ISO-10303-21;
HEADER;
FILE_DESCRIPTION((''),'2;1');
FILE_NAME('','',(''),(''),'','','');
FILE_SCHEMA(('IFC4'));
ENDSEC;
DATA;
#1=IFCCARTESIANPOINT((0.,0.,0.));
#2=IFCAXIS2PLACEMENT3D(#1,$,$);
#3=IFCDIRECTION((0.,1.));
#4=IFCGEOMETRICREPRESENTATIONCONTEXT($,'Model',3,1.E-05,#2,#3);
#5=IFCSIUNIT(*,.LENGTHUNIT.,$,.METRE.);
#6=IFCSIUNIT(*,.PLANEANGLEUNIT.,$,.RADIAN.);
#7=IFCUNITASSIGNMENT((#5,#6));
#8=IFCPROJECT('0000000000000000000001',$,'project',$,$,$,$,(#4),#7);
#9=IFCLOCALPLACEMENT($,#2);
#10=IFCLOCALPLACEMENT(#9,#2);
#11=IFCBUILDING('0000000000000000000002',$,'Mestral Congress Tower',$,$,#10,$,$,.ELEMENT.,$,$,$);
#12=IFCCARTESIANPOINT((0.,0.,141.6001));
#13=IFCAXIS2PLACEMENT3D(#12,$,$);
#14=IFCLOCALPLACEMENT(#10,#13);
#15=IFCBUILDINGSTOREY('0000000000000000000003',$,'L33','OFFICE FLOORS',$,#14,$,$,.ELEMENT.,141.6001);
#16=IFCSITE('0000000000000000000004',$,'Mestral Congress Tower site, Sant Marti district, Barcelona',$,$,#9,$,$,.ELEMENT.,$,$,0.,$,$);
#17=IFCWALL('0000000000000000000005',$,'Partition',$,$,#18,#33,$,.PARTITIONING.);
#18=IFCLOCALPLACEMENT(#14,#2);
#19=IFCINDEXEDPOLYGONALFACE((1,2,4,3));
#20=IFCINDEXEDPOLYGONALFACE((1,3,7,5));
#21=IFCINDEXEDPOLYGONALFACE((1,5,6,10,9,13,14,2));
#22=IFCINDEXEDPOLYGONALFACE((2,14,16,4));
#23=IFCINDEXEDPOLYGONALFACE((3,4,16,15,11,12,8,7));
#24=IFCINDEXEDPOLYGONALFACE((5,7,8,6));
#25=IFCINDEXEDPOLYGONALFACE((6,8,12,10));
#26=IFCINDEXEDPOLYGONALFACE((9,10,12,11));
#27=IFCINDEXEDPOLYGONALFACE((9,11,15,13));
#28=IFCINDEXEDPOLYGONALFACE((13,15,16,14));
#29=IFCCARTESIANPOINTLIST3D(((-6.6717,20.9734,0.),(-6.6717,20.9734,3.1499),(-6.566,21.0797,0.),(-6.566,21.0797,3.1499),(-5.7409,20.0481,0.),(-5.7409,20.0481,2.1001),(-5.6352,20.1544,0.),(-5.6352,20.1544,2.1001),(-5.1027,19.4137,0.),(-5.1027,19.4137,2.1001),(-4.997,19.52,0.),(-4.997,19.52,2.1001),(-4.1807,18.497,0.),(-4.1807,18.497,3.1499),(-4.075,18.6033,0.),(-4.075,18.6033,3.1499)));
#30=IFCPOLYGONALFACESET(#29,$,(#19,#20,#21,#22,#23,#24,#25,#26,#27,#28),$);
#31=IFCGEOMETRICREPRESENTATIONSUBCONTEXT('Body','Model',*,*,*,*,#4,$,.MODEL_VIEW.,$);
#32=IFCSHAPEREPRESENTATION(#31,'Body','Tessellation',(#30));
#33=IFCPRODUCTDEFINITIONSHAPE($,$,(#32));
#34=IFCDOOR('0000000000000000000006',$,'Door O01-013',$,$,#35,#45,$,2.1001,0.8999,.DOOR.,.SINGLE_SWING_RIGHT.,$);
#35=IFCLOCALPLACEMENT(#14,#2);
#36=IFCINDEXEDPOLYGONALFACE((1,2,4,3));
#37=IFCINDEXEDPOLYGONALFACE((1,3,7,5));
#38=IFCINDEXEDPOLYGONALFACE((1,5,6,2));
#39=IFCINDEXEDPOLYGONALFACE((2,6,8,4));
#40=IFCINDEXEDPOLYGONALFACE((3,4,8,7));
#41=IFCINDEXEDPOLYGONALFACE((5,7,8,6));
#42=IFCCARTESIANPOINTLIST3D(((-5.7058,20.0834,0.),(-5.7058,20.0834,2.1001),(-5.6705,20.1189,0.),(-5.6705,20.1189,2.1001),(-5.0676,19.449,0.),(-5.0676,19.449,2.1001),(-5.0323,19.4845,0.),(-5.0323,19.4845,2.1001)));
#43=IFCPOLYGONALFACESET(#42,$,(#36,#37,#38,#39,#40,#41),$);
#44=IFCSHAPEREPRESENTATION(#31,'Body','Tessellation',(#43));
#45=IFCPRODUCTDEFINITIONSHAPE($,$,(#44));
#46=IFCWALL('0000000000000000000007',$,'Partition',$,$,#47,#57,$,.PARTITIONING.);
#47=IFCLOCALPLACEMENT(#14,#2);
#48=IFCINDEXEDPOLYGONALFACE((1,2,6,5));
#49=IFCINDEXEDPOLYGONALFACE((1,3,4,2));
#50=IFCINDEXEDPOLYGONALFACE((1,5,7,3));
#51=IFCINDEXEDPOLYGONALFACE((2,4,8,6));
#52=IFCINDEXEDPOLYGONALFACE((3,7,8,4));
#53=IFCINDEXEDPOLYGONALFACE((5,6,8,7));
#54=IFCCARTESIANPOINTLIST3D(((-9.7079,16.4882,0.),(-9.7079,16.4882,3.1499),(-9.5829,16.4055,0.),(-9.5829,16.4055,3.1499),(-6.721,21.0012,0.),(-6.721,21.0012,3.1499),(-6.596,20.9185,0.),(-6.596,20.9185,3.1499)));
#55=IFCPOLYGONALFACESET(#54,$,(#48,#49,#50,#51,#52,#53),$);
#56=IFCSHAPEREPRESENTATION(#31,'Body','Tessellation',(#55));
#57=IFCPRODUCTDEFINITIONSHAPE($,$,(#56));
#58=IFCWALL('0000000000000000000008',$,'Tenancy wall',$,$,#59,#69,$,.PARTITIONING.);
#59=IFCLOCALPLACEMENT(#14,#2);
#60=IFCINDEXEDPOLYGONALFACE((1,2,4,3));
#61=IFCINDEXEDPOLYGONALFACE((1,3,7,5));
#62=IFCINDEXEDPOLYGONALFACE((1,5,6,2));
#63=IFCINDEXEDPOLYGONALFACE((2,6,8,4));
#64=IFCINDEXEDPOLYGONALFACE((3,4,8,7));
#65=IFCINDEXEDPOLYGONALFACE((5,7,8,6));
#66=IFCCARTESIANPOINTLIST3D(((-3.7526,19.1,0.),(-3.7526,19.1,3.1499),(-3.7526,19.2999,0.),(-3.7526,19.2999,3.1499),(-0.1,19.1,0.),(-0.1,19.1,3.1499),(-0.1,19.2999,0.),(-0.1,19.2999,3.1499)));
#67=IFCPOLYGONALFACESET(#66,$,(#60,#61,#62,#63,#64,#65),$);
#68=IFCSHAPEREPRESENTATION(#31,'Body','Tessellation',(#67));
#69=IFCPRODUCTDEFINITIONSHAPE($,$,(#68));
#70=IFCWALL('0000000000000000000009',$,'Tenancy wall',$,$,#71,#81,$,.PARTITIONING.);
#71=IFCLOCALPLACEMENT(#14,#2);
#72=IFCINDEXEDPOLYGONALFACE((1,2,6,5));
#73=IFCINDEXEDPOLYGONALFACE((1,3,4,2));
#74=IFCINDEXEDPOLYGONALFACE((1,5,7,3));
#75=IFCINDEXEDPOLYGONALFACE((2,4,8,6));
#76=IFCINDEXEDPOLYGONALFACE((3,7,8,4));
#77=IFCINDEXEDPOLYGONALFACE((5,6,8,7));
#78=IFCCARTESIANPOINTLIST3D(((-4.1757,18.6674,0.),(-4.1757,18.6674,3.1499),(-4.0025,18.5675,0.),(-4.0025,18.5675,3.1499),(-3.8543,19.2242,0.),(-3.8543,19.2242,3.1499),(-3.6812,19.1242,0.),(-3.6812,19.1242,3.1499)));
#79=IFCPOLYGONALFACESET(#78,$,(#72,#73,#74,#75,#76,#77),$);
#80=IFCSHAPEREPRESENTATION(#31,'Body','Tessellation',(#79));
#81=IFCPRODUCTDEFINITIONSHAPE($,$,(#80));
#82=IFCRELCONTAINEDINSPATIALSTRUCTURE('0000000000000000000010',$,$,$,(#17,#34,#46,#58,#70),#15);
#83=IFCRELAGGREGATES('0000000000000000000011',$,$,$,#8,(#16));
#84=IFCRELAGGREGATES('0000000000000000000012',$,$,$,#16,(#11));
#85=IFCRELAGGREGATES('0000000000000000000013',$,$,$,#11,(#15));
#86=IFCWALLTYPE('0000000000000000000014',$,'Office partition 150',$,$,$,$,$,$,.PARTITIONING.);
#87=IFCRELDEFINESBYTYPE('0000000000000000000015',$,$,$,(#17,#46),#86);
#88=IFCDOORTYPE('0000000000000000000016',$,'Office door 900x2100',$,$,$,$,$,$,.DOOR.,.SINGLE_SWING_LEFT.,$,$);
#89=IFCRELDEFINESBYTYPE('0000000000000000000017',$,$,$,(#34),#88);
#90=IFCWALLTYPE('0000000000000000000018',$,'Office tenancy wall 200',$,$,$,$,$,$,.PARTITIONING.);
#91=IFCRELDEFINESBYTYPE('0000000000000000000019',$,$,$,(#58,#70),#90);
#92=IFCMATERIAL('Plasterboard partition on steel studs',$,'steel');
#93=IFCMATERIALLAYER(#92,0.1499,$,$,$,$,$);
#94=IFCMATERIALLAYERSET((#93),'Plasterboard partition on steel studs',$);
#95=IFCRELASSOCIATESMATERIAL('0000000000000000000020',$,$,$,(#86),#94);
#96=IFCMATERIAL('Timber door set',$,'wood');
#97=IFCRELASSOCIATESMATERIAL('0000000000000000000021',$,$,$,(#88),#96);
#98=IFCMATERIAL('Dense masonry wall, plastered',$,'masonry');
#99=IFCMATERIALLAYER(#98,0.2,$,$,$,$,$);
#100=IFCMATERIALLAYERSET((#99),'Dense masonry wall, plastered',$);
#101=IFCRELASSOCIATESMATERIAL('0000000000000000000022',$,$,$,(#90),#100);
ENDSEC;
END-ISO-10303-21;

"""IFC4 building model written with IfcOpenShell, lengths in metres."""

from ifc_helpers import new_model, si_unit, direction, frame, frame_2d, origin, place, context, subcontext, project, spatial, rectangle, extrude, material, layer, layer_set, type_object, element, fill, save


model = new_model("IFC4")

# Units and contexts
model_context = context("Model", 3, precision=1e-05, world=origin(), true_north=direction((0.0, 1.0)))
body_context = subcontext(model_context, "Body", "Model", "MODEL_VIEW")
ifc_project = project(units=[si_unit("LENGTHUNIT", "METRE"), si_unit("PLANEANGLEUNIT", "RADIAN")], contexts=[model_context])

# Site, building, storey
site_placement = place(None, origin())
site = spatial("IfcSite", under=ifc_project, at=site_placement, Name="Mestral Congress Tower site, Sant Marti district, Barcelona", CompositionType="ELEMENT", RefElevation=0.0)
building_placement = place(site_placement, origin())
building = spatial("IfcBuilding", under=site, at=building_placement, Name="Mestral Congress Tower", CompositionType="ELEMENT")
storey_placement = place(building_placement, frame((0.0, 0.0, 141.6001)))
storey = spatial("IfcBuildingStorey", under=building, at=storey_placement, Name="L33", Description="OFFICE FLOORS", CompositionType="ELEMENT", Elevation=141.6001)

# Shared definitions
ifc_material_1 = material(Name="Plasterboard partition on steel studs", Category="steel")
ifc_layer_1 = layer(ifc_material_1, 0.1499)
ifc_layer_set_1 = layer_set([ifc_layer_1], Name="Plasterboard partition on steel studs")
wall_type_1 = type_object("IfcWallType", Name="Office partition 150", PredefinedType="PARTITIONING", material=ifc_layer_set_1)

# Wall, opening, door
wall_1_placement = place(storey_placement, frame((-6.6189, 21.0266, 0.0), z_axis=(0.0, 0.0, 1.0), x_axis=(0.709189, -0.705018, 0.0)))
wall_1 = element("IfcWall", 1, at=wall_1_placement, inside=storey, type_object=wall_type_1, Name="Partition", PredefinedType="PARTITIONING", context=body_context, shape_type="SweptSolid", body=[
    extrude(rectangle(XDim=3.5125, YDim=0.1499, at=frame_2d((1.7563, 0.0))), origin(), (0.0, 0.0, 1.0), 3.1499),
])
opening_1_placement = place(wall_1_placement, frame((1.3125, 0.0, 0.0)))
opening_1 = element("IfcOpeningElement", 2, at=opening_1_placement, cuts=wall_1, PredefinedType="OPENING", context=body_context, shape_type="SweptSolid", body=[
    extrude(rectangle(XDim=0.8999, YDim=2.1001, at=frame_2d((0.45, 1.05))), frame((0.0, 0.085, 0.0), z_axis=(0.0, -1.0, 0.0), x_axis=(1.0, 0.0, 0.0)), (0.0, 0.0, 1.0), 0.1699),
])
ifc_material_2 = material(Name="Timber door set", Category="wood")
door_type = type_object("IfcDoorType", Name="Office door 900x2100", OperationType="SINGLE_SWING_LEFT", PredefinedType="DOOR", material=ifc_material_2)
door_placement = place(opening_1_placement, origin())
door = element("IfcDoor", 3, at=door_placement, inside=storey, type_object=door_type, Name="Door O01-013", OperationType="SINGLE_SWING_RIGHT", OverallHeight=2.1001, OverallWidth=0.8999, PredefinedType="DOOR", context=body_context, shape_type="SweptSolid", body=[
    extrude(rectangle(XDim=0.8999, YDim=2.1001, at=frame_2d((0.45, 1.05))), frame((0.0, 0.0249, 0.0), z_axis=(0.0, -1.0, 0.0), x_axis=(1.0, 0.0, 0.0)), (0.0, 0.0, 1.0), 0.05),
])
fill(opening_1, door)

# Walls
wall_2_placement = place(storey_placement, frame((-6.6584, 20.96, 0.0), z_axis=(0.0, 0.0, 1.0), x_axis=(-0.551907, -0.833906, 0.0)))
element("IfcWall", 4, at=wall_2_placement, inside=storey, type_object=wall_type_1, Name="Partition", PredefinedType="PARTITIONING", context=body_context, shape_type="SweptSolid", body=[
    extrude(rectangle(XDim=5.4119, YDim=0.1499, at=frame_2d((2.7061, 0.0))), origin(), (0.0, 0.0, 1.0), 3.1499),
])
ifc_material_3 = material(Name="Dense masonry wall, plastered", Category="masonry")
ifc_layer_2 = layer(ifc_material_3, 0.2)
ifc_layer_set_2 = layer_set([ifc_layer_2], Name="Dense masonry wall, plastered")
wall_type_2 = type_object("IfcWallType", Name="Office tenancy wall 200", PredefinedType="PARTITIONING", material=ifc_layer_set_2)
wall_3_placement = place(storey_placement, frame((-0.1001, 19.2, 0.0), z_axis=(0.0, 0.0, 1.0), x_axis=(-1.0, 0.0, 0.0)))
element("IfcWall", 5, at=wall_3_placement, inside=storey, type_object=wall_type_2, Name="Tenancy wall", PredefinedType="PARTITIONING", context=body_context, shape_type="SweptSolid", body=[
    extrude(rectangle(XDim=3.6526, YDim=0.2, at=frame_2d((1.8262, 0.0))), origin(), (0.0, 0.0, 1.0), 3.1499),
])
wall_4_placement = place(storey_placement, frame((-3.7678, 19.1741, 0.0), z_axis=(0.0, 0.0, 1.0), x_axis=(-0.499898, -0.866084, 0.0)))
element("IfcWall", 6, at=wall_4_placement, inside=storey, type_object=wall_type_2, Name="Tenancy wall", PredefinedType="PARTITIONING", context=body_context, shape_type="SweptSolid", body=[
    extrude(rectangle(XDim=0.6428, YDim=0.2, at=frame_2d((0.3213, 0.0))), origin(), (0.0, 0.0, 1.0), 3.1499),
])

save(model, "model.ifc")
